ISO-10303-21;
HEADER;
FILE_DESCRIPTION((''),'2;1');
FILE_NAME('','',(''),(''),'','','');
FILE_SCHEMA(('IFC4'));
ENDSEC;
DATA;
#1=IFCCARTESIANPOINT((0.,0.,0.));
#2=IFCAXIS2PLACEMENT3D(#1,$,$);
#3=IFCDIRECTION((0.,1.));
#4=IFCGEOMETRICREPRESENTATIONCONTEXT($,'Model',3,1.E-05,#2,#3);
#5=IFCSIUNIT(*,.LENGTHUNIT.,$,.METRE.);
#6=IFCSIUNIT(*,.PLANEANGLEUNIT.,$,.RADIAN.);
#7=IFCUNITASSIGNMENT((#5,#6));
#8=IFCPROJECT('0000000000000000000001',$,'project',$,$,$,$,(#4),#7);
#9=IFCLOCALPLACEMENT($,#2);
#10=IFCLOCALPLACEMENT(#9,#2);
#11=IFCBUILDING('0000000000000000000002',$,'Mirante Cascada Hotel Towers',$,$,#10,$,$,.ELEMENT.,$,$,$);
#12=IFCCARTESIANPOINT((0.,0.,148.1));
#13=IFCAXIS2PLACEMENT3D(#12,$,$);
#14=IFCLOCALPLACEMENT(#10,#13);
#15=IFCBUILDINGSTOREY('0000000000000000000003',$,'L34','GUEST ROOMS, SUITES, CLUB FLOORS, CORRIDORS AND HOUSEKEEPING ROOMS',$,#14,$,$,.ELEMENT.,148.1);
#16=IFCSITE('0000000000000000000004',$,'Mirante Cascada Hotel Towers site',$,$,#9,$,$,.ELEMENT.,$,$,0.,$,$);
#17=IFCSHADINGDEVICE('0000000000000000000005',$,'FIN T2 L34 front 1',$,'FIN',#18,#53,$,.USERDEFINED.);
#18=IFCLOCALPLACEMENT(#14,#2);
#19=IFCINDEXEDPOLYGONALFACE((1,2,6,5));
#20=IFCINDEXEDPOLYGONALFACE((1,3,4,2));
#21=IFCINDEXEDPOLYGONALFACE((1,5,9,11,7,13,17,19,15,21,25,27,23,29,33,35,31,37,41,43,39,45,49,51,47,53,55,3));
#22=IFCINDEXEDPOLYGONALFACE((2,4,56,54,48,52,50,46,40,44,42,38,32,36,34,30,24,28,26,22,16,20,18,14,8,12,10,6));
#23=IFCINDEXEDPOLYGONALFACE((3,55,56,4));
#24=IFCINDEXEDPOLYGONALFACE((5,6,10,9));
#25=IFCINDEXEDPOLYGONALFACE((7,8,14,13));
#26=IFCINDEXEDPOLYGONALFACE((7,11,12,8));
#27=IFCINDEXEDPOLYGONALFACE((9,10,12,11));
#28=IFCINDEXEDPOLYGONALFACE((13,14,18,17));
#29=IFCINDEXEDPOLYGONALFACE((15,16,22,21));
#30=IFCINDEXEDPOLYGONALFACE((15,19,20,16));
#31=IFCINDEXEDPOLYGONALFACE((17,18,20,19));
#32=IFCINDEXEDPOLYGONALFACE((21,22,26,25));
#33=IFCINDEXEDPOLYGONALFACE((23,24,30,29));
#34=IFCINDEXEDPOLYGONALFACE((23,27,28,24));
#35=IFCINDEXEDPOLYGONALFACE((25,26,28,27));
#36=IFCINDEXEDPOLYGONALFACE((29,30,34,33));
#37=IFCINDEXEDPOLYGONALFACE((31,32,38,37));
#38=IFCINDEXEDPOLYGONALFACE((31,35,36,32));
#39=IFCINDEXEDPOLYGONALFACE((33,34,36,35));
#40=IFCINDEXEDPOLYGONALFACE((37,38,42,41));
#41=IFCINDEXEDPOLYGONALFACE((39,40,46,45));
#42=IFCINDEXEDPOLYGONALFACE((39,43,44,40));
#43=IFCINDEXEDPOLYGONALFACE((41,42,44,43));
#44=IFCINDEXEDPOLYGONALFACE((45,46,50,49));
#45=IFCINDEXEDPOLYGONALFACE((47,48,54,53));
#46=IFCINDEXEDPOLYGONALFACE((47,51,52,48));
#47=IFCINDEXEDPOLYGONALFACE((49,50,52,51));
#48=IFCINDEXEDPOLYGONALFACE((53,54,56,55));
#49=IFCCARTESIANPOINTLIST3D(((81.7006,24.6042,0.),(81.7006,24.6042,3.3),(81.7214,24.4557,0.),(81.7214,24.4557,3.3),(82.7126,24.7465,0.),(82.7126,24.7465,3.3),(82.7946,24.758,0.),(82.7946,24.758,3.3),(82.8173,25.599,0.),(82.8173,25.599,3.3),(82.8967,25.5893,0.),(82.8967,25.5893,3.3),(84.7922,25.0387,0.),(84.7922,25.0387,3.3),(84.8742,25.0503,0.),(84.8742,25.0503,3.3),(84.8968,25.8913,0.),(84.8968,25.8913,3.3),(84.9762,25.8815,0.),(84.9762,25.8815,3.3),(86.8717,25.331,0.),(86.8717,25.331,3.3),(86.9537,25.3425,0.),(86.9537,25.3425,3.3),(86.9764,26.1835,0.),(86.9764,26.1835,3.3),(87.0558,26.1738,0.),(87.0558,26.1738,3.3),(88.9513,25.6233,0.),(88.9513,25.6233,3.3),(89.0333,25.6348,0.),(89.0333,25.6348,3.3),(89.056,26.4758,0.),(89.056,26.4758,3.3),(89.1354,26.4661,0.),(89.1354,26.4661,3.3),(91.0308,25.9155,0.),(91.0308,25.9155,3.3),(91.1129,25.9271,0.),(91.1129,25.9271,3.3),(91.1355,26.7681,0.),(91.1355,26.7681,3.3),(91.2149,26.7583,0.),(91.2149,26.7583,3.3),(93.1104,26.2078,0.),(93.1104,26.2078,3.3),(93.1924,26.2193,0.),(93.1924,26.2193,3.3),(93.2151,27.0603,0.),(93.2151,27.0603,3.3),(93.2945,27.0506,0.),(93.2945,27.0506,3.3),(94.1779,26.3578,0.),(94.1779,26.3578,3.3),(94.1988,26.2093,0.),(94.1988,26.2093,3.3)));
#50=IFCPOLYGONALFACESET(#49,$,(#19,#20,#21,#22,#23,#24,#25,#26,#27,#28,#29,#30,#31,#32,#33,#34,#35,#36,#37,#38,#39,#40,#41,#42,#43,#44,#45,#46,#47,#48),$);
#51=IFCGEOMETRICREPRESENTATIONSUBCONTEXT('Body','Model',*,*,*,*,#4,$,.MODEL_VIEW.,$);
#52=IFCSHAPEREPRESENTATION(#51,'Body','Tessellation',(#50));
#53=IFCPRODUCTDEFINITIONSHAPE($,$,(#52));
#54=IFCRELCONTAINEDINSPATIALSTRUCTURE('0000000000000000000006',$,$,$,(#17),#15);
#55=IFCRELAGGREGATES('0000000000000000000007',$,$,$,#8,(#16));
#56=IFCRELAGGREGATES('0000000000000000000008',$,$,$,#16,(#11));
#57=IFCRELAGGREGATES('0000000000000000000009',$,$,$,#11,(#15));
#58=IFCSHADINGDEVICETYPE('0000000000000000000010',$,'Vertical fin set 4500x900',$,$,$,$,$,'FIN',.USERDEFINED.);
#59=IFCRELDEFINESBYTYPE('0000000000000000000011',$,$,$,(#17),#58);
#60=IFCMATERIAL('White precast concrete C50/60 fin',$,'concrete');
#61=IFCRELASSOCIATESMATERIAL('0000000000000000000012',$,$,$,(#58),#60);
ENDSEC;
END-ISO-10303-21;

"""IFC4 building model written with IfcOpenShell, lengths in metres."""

from ifc_helpers import new_model, si_unit, direction, frame, origin, place, context, subcontext, project, spatial, polyline, outline, extrude, material, type_object, element, save


model = new_model("IFC4")

# Units and contexts
model_context = context("Model", 3, precision=1e-05, world=origin(), true_north=direction((0.0, 1.0)))
body_context = subcontext(model_context, "Body", "Model", "MODEL_VIEW")
ifc_project = project(units=[si_unit("LENGTHUNIT", "METRE"), si_unit("PLANEANGLEUNIT", "RADIAN")], contexts=[model_context])

# Site, building, storey
site_placement = place(None, origin())
site = spatial("IfcSite", under=ifc_project, at=site_placement, Name="Mirante Cascada Hotel Towers site", CompositionType="ELEMENT", RefElevation=0.0)
building_placement = place(site_placement, origin())
building = spatial("IfcBuilding", under=site, at=building_placement, Name="Mirante Cascada Hotel Towers", CompositionType="ELEMENT")
storey_placement = place(building_placement, frame((0.0, 0.0, 148.1)))
storey = spatial("IfcBuildingStorey", under=building, at=storey_placement, Name="L34", Description="GUEST ROOMS, SUITES, CLUB FLOORS, CORRIDORS AND HOUSEKEEPING ROOMS", CompositionType="ELEMENT", Elevation=148.1)

# Shading device
ifc_material_1 = material(Name="White precast concrete C50/60 fin", Category="concrete")
shading_device_type = type_object("IfcShadingDeviceType", Name="Vertical fin set 4500x900", ElementType="FIN", PredefinedType="USERDEFINED", material=ifc_material_1)
shading_device_1_placement = place(storey_placement, origin())
element("IfcShadingDevice", 1, at=shading_device_1_placement, inside=storey, type_object=shading_device_type, Name="FIN T2 L34 front 1", ObjectType="FIN", PredefinedType="USERDEFINED", context=body_context, shape_type="SweptSolid", body=[
    extrude(outline(polyline([(82.8967, 25.5893), (82.7946, 24.758), (84.7922, 25.0387), (84.8968, 25.8913), (84.9762, 25.8815), (84.8742, 25.0503), (86.8717, 25.331), (86.9764, 26.1835), (87.0558, 26.1738), (86.9537, 25.3425), (88.9513, 25.6233), (89.056, 26.4758), (89.1354, 26.4661), (89.0333, 25.6348), (91.0308, 25.9155), (91.1355, 26.7681), (91.2149, 26.7583), (91.1129, 25.9271), (93.1104, 26.2078), (93.2151, 27.0603), (93.2945, 27.0506), (93.1924, 26.2193), (94.1779, 26.3578), (94.1988, 26.2093), (81.7214, 24.4557), (81.7006, 24.6042), (82.7126, 24.7465), (82.8173, 25.599), (82.8967, 25.5893)])), origin(), (0.0, 0.0, 1.0), 3.3),
])

save(model, "model.ifc")
